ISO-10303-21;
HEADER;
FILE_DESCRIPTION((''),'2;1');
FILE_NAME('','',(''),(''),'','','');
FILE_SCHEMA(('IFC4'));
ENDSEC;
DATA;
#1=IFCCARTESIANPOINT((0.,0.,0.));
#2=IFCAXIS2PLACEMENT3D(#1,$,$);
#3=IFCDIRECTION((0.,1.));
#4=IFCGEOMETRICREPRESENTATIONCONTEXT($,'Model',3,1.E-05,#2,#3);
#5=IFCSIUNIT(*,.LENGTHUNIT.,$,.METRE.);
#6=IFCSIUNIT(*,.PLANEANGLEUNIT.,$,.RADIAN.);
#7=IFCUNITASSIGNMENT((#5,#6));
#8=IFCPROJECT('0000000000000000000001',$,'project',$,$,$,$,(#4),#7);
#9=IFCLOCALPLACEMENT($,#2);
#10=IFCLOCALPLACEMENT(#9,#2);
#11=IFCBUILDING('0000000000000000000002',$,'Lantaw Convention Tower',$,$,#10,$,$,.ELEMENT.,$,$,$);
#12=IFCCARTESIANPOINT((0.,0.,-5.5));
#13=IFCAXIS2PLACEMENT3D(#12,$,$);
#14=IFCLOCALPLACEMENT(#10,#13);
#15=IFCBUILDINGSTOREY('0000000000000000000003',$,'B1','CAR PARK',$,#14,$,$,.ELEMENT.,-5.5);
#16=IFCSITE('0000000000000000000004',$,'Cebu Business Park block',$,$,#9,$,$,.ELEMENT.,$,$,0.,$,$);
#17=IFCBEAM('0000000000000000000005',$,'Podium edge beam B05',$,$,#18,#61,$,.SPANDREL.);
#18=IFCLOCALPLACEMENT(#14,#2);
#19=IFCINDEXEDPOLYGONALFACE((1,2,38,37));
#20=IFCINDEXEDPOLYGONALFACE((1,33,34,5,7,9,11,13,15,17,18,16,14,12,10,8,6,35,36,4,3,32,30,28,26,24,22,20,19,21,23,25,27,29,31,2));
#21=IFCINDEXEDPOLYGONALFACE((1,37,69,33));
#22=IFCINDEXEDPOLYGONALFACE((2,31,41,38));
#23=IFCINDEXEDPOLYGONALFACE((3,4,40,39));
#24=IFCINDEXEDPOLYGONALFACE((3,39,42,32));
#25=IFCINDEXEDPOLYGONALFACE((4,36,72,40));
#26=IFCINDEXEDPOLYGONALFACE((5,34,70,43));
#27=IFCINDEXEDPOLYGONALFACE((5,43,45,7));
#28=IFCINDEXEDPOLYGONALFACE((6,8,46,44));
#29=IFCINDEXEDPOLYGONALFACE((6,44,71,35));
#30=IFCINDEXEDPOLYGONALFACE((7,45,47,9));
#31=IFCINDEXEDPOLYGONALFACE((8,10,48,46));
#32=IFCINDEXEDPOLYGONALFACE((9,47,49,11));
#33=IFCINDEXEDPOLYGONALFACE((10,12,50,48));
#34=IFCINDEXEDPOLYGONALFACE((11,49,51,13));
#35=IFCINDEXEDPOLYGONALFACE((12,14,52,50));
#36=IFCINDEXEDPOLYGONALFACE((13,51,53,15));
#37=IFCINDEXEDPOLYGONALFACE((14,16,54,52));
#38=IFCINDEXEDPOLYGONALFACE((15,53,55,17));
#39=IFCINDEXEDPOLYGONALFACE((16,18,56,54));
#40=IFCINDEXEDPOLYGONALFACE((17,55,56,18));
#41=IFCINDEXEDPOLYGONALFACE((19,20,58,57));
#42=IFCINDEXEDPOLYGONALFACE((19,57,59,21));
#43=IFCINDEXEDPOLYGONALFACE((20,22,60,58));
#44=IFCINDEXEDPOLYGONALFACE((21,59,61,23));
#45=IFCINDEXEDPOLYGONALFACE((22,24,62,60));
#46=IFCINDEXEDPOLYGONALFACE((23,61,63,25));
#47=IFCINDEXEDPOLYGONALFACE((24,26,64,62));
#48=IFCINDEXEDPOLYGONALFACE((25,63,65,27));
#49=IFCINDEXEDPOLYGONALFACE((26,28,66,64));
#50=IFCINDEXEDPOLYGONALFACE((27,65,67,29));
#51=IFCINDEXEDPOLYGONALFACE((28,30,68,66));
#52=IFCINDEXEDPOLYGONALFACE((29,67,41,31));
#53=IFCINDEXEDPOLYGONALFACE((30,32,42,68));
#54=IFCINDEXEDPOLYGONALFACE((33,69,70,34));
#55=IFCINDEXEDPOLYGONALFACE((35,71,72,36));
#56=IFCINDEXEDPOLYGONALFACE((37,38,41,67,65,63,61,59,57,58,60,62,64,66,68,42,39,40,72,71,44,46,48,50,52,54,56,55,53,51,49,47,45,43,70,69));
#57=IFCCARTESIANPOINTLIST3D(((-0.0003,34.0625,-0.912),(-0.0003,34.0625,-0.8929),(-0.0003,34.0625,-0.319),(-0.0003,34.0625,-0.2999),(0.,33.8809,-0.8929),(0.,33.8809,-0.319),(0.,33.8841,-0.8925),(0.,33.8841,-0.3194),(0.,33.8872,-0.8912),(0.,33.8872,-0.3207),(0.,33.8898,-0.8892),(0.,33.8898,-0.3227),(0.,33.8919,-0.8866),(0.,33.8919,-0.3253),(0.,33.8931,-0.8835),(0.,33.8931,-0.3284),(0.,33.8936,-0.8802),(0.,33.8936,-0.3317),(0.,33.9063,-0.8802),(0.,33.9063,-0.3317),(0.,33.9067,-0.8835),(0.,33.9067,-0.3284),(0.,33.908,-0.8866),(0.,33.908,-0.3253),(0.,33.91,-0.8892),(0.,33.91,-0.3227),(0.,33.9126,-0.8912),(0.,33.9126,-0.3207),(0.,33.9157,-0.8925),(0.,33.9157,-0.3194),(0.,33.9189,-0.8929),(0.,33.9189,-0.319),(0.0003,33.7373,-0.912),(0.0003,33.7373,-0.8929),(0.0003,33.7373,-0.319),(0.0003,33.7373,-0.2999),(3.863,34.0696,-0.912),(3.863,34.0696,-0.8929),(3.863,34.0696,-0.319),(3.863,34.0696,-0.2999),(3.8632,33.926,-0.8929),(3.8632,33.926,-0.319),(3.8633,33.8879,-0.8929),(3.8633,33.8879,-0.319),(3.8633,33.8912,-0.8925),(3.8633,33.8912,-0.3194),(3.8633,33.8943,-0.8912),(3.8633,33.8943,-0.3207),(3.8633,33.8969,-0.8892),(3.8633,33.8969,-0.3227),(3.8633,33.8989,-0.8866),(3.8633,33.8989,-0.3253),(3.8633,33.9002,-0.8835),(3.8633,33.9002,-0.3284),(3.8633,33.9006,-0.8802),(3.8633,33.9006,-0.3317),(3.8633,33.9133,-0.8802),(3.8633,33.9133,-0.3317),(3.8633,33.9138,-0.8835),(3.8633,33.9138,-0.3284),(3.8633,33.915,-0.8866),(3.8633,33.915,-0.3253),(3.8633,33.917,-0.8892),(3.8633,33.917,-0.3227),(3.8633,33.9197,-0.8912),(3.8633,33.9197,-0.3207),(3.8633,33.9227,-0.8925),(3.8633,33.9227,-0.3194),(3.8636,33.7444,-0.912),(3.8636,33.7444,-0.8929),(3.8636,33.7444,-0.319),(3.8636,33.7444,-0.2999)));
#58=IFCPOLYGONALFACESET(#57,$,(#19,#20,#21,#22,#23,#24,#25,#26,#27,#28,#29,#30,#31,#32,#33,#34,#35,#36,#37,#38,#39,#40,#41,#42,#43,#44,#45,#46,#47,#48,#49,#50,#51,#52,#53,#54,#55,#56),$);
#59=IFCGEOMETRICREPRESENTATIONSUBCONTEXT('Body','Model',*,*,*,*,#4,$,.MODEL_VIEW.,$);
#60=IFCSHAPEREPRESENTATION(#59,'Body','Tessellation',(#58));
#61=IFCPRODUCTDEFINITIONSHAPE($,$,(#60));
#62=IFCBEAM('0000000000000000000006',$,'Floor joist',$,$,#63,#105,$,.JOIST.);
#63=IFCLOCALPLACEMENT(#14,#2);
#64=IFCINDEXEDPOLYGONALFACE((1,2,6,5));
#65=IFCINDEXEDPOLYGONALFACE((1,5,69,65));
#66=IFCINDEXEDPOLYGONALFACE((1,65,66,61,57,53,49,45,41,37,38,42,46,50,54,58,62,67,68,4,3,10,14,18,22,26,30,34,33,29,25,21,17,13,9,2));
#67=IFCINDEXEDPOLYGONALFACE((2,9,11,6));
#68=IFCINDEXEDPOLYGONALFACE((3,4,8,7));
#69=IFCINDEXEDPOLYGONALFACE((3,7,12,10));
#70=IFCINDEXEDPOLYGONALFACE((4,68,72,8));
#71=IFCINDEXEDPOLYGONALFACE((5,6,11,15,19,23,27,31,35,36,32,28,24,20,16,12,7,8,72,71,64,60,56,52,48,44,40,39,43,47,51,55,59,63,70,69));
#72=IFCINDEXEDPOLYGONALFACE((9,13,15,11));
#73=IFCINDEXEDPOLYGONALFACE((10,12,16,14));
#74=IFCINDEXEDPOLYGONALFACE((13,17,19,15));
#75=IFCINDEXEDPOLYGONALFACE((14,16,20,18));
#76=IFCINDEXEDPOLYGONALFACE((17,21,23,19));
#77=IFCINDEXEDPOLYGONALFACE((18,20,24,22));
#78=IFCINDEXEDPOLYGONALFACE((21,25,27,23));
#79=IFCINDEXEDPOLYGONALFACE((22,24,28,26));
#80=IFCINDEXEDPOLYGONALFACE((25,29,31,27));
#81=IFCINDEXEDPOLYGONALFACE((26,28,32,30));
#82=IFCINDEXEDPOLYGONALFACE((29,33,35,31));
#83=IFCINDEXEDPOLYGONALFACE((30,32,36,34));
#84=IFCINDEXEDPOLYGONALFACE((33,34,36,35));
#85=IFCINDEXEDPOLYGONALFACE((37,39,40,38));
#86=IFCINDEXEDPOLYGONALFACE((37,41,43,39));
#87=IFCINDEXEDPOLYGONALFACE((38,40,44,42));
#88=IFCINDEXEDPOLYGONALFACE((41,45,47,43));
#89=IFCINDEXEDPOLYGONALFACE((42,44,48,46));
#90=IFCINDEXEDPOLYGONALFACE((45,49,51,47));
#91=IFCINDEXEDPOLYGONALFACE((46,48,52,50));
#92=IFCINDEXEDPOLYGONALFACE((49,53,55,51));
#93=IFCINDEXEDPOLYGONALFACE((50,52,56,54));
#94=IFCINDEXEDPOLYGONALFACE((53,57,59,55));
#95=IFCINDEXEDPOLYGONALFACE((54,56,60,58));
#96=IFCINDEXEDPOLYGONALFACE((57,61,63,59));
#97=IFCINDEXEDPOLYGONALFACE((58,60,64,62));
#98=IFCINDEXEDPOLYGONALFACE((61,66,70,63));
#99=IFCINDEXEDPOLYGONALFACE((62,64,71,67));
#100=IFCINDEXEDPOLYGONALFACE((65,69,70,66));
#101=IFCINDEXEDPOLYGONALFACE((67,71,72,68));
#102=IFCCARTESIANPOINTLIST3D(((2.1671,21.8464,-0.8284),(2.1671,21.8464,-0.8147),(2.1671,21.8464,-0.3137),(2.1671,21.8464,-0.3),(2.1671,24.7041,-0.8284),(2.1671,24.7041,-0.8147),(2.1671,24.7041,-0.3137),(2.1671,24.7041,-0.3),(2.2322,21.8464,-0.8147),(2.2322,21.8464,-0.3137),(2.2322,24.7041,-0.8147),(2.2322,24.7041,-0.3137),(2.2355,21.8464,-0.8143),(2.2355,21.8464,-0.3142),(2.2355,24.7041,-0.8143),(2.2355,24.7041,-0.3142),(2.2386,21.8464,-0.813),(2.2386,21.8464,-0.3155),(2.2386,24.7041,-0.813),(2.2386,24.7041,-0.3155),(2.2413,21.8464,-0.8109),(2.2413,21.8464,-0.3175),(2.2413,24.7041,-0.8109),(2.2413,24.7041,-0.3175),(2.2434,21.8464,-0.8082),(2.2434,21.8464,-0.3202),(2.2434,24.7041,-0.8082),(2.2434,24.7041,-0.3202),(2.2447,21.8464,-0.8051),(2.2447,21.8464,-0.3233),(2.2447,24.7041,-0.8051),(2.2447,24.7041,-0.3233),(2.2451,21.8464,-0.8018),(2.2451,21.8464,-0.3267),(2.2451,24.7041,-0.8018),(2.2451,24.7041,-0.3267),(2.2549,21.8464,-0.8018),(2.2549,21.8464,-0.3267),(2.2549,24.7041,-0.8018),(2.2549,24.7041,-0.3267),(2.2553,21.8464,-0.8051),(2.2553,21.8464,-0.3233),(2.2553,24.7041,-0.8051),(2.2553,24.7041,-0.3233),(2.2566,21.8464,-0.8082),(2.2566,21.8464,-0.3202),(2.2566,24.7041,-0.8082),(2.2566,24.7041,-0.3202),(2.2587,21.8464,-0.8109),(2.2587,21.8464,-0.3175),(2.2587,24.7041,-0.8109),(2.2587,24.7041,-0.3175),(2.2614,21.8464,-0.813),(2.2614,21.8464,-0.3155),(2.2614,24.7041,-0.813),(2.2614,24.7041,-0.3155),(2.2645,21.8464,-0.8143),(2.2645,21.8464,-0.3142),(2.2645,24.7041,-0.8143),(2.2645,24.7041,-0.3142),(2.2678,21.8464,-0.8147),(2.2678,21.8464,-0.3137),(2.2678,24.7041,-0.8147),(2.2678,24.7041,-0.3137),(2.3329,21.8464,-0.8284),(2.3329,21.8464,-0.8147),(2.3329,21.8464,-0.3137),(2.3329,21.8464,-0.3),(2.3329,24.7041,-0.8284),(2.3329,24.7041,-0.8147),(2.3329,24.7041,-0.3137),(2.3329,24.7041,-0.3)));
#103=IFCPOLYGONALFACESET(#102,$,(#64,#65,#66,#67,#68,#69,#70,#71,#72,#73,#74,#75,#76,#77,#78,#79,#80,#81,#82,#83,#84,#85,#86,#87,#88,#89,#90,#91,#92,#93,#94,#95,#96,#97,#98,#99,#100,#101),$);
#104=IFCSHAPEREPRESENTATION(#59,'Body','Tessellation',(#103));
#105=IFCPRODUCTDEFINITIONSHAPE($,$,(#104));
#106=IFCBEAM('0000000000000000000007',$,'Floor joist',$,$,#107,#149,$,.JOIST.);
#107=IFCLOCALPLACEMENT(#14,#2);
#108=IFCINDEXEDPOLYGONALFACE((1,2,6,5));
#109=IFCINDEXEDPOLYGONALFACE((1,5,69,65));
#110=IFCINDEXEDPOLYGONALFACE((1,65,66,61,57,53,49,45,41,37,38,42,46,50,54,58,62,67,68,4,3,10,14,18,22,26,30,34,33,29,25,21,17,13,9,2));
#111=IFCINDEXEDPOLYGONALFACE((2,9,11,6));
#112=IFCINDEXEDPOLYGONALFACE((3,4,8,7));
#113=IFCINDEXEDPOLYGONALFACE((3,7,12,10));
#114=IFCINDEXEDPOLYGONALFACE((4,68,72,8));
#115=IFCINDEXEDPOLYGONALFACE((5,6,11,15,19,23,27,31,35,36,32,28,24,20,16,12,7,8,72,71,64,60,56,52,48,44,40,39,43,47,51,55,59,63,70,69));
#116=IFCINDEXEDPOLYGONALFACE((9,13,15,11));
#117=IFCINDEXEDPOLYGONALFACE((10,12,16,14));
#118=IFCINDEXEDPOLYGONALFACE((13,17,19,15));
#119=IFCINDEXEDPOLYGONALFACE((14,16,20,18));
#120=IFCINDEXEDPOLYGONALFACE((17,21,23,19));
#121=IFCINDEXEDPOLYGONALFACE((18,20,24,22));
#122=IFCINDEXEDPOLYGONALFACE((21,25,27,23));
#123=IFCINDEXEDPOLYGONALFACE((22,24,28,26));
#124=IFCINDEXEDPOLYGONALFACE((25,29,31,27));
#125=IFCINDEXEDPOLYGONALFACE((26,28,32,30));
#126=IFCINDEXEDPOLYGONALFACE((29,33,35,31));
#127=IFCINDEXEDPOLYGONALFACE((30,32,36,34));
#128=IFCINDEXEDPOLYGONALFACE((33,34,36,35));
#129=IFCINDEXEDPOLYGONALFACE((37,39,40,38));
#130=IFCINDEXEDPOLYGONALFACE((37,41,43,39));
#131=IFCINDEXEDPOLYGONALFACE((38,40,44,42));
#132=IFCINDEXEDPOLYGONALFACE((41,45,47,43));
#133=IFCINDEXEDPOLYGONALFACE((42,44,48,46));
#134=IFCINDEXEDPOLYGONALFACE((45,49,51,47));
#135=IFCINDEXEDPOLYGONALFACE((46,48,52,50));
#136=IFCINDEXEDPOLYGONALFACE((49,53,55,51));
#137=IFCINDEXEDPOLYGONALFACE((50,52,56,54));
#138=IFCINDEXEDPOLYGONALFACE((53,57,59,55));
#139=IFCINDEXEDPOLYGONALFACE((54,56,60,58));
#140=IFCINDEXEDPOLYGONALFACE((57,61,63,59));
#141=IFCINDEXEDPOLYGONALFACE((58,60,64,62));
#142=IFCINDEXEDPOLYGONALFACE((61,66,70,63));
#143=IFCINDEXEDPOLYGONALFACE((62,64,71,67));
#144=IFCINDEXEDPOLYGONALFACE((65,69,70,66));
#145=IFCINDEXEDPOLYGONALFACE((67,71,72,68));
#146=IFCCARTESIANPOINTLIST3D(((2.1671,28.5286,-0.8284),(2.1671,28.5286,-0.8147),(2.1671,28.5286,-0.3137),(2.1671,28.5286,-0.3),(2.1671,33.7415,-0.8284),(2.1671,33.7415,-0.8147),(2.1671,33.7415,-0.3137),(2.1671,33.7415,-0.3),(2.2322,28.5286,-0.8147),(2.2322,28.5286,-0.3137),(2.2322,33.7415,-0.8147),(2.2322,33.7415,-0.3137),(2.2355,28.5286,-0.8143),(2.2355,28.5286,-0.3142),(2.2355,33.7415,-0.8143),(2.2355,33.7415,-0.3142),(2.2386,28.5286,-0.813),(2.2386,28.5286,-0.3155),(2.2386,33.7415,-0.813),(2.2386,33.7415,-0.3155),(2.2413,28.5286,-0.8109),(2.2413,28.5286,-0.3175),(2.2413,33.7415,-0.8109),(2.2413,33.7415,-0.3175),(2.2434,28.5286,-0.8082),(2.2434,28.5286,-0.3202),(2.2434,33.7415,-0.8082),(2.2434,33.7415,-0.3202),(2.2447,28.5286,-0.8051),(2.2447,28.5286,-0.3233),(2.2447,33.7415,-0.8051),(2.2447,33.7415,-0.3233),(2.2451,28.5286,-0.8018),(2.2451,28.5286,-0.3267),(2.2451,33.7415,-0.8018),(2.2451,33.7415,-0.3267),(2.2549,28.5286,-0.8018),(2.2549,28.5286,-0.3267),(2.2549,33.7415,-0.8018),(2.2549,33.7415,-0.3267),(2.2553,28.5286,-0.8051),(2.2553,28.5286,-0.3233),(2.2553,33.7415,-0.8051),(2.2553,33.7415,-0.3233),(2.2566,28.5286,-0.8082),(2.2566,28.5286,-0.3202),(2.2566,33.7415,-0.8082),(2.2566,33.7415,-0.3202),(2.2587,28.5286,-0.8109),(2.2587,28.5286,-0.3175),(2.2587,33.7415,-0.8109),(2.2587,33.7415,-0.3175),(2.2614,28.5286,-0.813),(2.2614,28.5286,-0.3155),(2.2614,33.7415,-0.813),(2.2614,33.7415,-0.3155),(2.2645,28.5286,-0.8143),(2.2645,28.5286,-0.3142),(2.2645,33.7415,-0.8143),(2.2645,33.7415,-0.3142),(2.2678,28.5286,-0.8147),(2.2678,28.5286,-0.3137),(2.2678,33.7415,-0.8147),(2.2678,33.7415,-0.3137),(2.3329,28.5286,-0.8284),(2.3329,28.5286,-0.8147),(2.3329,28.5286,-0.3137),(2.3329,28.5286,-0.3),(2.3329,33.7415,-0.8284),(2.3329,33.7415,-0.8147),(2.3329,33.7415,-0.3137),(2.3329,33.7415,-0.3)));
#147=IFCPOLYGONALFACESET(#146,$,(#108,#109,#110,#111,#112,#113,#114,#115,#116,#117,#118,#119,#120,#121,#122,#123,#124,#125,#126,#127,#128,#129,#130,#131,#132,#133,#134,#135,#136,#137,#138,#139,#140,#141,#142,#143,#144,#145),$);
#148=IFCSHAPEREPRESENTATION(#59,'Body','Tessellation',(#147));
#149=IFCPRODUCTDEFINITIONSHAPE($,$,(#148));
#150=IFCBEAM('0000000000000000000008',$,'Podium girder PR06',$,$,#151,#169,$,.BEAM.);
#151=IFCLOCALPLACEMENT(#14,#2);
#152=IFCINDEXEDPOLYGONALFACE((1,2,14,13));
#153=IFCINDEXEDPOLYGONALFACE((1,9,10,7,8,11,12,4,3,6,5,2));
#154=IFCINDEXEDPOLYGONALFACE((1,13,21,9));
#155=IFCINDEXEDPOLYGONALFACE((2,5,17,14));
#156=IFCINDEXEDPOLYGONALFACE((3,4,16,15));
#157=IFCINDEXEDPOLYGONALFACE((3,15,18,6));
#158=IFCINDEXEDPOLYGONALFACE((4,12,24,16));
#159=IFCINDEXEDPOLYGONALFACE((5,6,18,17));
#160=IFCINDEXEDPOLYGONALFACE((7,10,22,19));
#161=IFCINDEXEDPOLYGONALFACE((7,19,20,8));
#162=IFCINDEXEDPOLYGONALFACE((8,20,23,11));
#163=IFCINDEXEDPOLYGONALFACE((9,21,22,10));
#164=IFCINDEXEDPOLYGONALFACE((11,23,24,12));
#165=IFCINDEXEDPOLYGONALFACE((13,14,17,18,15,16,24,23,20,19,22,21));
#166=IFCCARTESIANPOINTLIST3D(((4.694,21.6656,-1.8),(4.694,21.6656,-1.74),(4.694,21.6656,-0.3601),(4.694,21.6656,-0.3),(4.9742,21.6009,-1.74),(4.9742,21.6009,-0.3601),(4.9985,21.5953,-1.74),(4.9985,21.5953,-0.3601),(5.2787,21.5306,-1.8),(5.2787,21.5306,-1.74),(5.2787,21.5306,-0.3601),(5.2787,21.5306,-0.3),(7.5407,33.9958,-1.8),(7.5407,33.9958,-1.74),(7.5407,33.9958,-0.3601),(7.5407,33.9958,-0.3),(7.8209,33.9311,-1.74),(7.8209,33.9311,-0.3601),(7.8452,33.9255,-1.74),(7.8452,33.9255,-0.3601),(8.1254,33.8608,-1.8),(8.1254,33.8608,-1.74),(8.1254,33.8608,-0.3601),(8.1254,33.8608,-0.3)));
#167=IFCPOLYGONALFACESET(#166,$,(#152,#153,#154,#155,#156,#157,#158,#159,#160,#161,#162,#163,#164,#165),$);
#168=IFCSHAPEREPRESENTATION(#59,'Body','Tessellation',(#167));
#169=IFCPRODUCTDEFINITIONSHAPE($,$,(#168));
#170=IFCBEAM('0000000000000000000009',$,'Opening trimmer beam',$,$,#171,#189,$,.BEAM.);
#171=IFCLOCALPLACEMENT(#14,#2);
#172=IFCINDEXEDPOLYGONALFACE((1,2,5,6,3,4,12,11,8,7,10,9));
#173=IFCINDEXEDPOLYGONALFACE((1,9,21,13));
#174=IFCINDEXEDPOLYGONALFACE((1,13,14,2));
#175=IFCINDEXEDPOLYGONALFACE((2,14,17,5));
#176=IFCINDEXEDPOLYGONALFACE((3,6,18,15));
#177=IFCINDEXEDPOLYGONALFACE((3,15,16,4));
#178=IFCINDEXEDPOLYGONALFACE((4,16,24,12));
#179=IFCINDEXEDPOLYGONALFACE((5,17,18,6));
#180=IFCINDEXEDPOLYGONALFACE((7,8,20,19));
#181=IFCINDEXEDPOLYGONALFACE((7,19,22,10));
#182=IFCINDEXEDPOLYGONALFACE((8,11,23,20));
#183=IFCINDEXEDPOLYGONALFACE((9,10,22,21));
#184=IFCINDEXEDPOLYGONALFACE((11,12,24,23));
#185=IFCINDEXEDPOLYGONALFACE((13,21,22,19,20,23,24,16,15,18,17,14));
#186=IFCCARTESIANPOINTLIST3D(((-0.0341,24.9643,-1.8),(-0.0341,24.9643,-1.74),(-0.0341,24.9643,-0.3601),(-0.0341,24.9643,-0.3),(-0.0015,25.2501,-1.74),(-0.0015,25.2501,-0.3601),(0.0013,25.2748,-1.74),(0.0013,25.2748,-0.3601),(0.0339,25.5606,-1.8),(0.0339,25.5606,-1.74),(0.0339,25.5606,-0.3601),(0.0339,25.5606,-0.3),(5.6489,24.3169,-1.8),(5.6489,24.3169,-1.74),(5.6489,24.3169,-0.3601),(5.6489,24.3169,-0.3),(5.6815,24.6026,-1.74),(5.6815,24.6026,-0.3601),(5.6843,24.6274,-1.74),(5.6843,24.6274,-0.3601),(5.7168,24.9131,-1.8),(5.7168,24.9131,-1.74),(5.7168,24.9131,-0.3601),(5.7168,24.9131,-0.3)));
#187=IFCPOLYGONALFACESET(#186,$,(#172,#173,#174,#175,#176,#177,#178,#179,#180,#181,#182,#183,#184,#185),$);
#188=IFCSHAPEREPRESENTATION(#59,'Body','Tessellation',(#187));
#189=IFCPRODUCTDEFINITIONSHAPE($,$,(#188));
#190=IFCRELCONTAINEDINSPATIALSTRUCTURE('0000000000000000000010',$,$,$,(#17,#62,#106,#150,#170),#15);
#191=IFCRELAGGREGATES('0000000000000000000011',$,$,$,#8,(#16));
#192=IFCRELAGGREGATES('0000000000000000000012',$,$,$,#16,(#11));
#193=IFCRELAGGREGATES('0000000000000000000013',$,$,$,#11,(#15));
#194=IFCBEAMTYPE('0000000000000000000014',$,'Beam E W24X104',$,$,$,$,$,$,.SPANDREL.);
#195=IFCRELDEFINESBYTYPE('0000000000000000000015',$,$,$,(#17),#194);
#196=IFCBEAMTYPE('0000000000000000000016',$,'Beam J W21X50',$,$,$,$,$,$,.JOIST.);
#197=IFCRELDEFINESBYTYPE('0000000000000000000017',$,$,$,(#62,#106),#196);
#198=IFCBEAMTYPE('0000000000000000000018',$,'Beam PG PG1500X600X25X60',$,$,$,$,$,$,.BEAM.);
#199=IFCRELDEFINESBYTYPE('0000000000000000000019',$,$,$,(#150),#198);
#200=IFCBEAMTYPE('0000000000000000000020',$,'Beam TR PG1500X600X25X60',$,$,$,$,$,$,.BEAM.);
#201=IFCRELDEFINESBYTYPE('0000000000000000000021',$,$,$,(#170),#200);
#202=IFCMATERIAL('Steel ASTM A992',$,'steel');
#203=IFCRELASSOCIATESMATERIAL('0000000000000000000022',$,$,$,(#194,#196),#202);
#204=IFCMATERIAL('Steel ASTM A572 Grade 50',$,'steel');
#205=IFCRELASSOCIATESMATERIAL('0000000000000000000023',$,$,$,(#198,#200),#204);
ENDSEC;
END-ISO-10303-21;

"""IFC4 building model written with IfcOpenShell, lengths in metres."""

from ifc_helpers import new_model, si_unit, direction, frame, origin, origin_2d, place, context, subcontext, project, spatial, i_section, extrude, material, material_profile, profile_set, type_object, element, save


model = new_model("IFC4")

# Units and contexts
model_context = context("Model", 3, precision=1e-05, world=origin(), true_north=direction((0.0, 1.0)))
body_context = subcontext(model_context, "Body", "Model", "MODEL_VIEW")
ifc_project = project(units=[si_unit("LENGTHUNIT", "METRE"), si_unit("PLANEANGLEUNIT", "RADIAN")], contexts=[model_context])

# Site, building, storey
site_placement = place(None, origin())
site = spatial("IfcSite", under=ifc_project, at=site_placement, Name="Cebu Business Park block", CompositionType="ELEMENT", RefElevation=0.0)
building_placement = place(site_placement, origin())
building = spatial("IfcBuilding", under=site, at=building_placement, Name="Lantaw Convention Tower", CompositionType="ELEMENT")
storey_placement = place(building_placement, frame((0.0, 0.0, -5.5)))
storey = spatial("IfcBuildingStorey", under=building, at=storey_placement, Name="B1", Description="CAR PARK", CompositionType="ELEMENT", Elevation=-5.5)

# Shared definitions
ifc_material_1 = material(Name="Steel ASTM A572 Grade 50", Category="steel")

# Beams
ifc_material_2 = material(Name="Steel ASTM A992", Category="steel")
ifc_material_profile_1 = material_profile(ifc_material_2, i_section(OverallWidth=0.3252, OverallDepth=0.6121, WebThickness=0.0127, FlangeThickness=0.019, FilletRadius=0.0127, at=origin_2d()), Name="W24X104")
ifc_profile_set_1 = profile_set([ifc_material_profile_1], Name="Steel ASTM A992")
beam_type_1 = type_object("IfcBeamType", Name="Beam E W24X104", PredefinedType="SPANDREL", material=ifc_profile_set_1)
beam_1_placement = place(storey_placement, frame((3.8633, 33.907, -0.606), z_axis=(-0.999998, -0.001833, 0.0), x_axis=(0.001833, -0.999998, 0.0)))
element("IfcBeam", 1, at=beam_1_placement, inside=storey, type_object=beam_type_1, Name="Podium edge beam B05", PredefinedType="SPANDREL", context=body_context, shape_type="SweptSolid", body=[
    extrude(i_section(OverallWidth=0.3252, OverallDepth=0.6121, WebThickness=0.0127, FlangeThickness=0.019, FilletRadius=0.0127, at=origin_2d()), origin(), (0.0, 0.0, 1.0), 3.8633),
])
ifc_material_profile_2 = material_profile(ifc_material_2, i_section(OverallWidth=0.1658, OverallDepth=0.5283, WebThickness=0.0098, FlangeThickness=0.0137, FilletRadius=0.0129, at=origin_2d()), Name="W21X50")
ifc_profile_set_2 = profile_set([ifc_material_profile_2], Name="Steel ASTM A992")
beam_type_2 = type_object("IfcBeamType", Name="Beam J W21X50", PredefinedType="JOIST", material=ifc_profile_set_2)
beam_2_placement = place(storey_placement, frame((2.25, 21.8464, -0.5642), z_axis=(0.0, 1.0, 0.0), x_axis=(-1.0, 0.0, 0.0)))
element("IfcBeam", 2, at=beam_2_placement, inside=storey, type_object=beam_type_2, Name="Floor joist", PredefinedType="JOIST", context=body_context, shape_type="SweptSolid", body=[
    extrude(i_section(OverallWidth=0.1658, OverallDepth=0.5283, WebThickness=0.0098, FlangeThickness=0.0137, FilletRadius=0.0129, at=origin_2d()), origin(), (0.0, 0.0, 1.0), 2.8577),
])
beam_3_placement = place(storey_placement, frame((2.25, 28.5286, -0.5642), z_axis=(0.0, 1.0, 0.0), x_axis=(-1.0, 0.0, 0.0)))
element("IfcBeam", 3, at=beam_3_placement, inside=storey, type_object=beam_type_2, Name="Floor joist", PredefinedType="JOIST", context=body_context, shape_type="SweptSolid", body=[
    extrude(i_section(OverallWidth=0.1658, OverallDepth=0.5283, WebThickness=0.0098, FlangeThickness=0.0137, FilletRadius=0.0129, at=origin_2d()), origin(), (0.0, 0.0, 1.0), 5.2129),
])
ifc_material_profile_3 = material_profile(ifc_material_1, i_section(OverallWidth=0.6001, OverallDepth=1.5, WebThickness=0.0249, FlangeThickness=0.0601, at=origin_2d()), Name="PG1500X600X25X60")
ifc_profile_set_3 = profile_set([ifc_material_profile_3], Name="Steel ASTM A572 Grade 50")
beam_type_3 = type_object("IfcBeamType", Name="Beam PG PG1500X600X25X60", PredefinedType="BEAM", material=ifc_profile_set_3)
beam_4_placement = place(storey_placement, frame((4.9863, 21.5981, -1.05), z_axis=(0.224955, 0.974369, 0.0), x_axis=(-0.974369, 0.224955, 0.0)))
element("IfcBeam", 4, at=beam_4_placement, inside=storey, type_object=beam_type_3, Name="Podium girder PR06", PredefinedType="BEAM", context=body_context, shape_type="SweptSolid", body=[
    extrude(i_section(OverallWidth=0.6001, OverallDepth=1.5, WebThickness=0.0249, FlangeThickness=0.0601, at=origin_2d()), origin(), (0.0, 0.0, 1.0), 12.6545),
])
ifc_material_profile_4 = material_profile(ifc_material_1, i_section(OverallWidth=0.6001, OverallDepth=1.5, WebThickness=0.0249, FlangeThickness=0.0601, at=origin_2d()), Name="PG1500X600X25X60")
ifc_profile_set_4 = profile_set([ifc_material_profile_4], Name="Steel ASTM A572 Grade 50")
beam_type_4 = type_object("IfcBeamType", Name="Beam TR PG1500X600X25X60", PredefinedType="BEAM", material=ifc_profile_set_4)
beam_5_placement = place(storey_placement, frame((5.6829, 24.615, -1.05), z_axis=(-0.993572, 0.1132, 0.0), x_axis=(-0.1132, -0.993572, 0.0)))
element("IfcBeam", 5, at=beam_5_placement, inside=storey, type_object=beam_type_4, Name="Opening trimmer beam", PredefinedType="BEAM", context=body_context, shape_type="SweptSolid", body=[
    extrude(i_section(OverallWidth=0.6001, OverallDepth=1.5, WebThickness=0.0249, FlangeThickness=0.0601, at=origin_2d()), origin(), (0.0, 0.0, 1.0), 5.7197),
])

save(model, "model.ifc")
